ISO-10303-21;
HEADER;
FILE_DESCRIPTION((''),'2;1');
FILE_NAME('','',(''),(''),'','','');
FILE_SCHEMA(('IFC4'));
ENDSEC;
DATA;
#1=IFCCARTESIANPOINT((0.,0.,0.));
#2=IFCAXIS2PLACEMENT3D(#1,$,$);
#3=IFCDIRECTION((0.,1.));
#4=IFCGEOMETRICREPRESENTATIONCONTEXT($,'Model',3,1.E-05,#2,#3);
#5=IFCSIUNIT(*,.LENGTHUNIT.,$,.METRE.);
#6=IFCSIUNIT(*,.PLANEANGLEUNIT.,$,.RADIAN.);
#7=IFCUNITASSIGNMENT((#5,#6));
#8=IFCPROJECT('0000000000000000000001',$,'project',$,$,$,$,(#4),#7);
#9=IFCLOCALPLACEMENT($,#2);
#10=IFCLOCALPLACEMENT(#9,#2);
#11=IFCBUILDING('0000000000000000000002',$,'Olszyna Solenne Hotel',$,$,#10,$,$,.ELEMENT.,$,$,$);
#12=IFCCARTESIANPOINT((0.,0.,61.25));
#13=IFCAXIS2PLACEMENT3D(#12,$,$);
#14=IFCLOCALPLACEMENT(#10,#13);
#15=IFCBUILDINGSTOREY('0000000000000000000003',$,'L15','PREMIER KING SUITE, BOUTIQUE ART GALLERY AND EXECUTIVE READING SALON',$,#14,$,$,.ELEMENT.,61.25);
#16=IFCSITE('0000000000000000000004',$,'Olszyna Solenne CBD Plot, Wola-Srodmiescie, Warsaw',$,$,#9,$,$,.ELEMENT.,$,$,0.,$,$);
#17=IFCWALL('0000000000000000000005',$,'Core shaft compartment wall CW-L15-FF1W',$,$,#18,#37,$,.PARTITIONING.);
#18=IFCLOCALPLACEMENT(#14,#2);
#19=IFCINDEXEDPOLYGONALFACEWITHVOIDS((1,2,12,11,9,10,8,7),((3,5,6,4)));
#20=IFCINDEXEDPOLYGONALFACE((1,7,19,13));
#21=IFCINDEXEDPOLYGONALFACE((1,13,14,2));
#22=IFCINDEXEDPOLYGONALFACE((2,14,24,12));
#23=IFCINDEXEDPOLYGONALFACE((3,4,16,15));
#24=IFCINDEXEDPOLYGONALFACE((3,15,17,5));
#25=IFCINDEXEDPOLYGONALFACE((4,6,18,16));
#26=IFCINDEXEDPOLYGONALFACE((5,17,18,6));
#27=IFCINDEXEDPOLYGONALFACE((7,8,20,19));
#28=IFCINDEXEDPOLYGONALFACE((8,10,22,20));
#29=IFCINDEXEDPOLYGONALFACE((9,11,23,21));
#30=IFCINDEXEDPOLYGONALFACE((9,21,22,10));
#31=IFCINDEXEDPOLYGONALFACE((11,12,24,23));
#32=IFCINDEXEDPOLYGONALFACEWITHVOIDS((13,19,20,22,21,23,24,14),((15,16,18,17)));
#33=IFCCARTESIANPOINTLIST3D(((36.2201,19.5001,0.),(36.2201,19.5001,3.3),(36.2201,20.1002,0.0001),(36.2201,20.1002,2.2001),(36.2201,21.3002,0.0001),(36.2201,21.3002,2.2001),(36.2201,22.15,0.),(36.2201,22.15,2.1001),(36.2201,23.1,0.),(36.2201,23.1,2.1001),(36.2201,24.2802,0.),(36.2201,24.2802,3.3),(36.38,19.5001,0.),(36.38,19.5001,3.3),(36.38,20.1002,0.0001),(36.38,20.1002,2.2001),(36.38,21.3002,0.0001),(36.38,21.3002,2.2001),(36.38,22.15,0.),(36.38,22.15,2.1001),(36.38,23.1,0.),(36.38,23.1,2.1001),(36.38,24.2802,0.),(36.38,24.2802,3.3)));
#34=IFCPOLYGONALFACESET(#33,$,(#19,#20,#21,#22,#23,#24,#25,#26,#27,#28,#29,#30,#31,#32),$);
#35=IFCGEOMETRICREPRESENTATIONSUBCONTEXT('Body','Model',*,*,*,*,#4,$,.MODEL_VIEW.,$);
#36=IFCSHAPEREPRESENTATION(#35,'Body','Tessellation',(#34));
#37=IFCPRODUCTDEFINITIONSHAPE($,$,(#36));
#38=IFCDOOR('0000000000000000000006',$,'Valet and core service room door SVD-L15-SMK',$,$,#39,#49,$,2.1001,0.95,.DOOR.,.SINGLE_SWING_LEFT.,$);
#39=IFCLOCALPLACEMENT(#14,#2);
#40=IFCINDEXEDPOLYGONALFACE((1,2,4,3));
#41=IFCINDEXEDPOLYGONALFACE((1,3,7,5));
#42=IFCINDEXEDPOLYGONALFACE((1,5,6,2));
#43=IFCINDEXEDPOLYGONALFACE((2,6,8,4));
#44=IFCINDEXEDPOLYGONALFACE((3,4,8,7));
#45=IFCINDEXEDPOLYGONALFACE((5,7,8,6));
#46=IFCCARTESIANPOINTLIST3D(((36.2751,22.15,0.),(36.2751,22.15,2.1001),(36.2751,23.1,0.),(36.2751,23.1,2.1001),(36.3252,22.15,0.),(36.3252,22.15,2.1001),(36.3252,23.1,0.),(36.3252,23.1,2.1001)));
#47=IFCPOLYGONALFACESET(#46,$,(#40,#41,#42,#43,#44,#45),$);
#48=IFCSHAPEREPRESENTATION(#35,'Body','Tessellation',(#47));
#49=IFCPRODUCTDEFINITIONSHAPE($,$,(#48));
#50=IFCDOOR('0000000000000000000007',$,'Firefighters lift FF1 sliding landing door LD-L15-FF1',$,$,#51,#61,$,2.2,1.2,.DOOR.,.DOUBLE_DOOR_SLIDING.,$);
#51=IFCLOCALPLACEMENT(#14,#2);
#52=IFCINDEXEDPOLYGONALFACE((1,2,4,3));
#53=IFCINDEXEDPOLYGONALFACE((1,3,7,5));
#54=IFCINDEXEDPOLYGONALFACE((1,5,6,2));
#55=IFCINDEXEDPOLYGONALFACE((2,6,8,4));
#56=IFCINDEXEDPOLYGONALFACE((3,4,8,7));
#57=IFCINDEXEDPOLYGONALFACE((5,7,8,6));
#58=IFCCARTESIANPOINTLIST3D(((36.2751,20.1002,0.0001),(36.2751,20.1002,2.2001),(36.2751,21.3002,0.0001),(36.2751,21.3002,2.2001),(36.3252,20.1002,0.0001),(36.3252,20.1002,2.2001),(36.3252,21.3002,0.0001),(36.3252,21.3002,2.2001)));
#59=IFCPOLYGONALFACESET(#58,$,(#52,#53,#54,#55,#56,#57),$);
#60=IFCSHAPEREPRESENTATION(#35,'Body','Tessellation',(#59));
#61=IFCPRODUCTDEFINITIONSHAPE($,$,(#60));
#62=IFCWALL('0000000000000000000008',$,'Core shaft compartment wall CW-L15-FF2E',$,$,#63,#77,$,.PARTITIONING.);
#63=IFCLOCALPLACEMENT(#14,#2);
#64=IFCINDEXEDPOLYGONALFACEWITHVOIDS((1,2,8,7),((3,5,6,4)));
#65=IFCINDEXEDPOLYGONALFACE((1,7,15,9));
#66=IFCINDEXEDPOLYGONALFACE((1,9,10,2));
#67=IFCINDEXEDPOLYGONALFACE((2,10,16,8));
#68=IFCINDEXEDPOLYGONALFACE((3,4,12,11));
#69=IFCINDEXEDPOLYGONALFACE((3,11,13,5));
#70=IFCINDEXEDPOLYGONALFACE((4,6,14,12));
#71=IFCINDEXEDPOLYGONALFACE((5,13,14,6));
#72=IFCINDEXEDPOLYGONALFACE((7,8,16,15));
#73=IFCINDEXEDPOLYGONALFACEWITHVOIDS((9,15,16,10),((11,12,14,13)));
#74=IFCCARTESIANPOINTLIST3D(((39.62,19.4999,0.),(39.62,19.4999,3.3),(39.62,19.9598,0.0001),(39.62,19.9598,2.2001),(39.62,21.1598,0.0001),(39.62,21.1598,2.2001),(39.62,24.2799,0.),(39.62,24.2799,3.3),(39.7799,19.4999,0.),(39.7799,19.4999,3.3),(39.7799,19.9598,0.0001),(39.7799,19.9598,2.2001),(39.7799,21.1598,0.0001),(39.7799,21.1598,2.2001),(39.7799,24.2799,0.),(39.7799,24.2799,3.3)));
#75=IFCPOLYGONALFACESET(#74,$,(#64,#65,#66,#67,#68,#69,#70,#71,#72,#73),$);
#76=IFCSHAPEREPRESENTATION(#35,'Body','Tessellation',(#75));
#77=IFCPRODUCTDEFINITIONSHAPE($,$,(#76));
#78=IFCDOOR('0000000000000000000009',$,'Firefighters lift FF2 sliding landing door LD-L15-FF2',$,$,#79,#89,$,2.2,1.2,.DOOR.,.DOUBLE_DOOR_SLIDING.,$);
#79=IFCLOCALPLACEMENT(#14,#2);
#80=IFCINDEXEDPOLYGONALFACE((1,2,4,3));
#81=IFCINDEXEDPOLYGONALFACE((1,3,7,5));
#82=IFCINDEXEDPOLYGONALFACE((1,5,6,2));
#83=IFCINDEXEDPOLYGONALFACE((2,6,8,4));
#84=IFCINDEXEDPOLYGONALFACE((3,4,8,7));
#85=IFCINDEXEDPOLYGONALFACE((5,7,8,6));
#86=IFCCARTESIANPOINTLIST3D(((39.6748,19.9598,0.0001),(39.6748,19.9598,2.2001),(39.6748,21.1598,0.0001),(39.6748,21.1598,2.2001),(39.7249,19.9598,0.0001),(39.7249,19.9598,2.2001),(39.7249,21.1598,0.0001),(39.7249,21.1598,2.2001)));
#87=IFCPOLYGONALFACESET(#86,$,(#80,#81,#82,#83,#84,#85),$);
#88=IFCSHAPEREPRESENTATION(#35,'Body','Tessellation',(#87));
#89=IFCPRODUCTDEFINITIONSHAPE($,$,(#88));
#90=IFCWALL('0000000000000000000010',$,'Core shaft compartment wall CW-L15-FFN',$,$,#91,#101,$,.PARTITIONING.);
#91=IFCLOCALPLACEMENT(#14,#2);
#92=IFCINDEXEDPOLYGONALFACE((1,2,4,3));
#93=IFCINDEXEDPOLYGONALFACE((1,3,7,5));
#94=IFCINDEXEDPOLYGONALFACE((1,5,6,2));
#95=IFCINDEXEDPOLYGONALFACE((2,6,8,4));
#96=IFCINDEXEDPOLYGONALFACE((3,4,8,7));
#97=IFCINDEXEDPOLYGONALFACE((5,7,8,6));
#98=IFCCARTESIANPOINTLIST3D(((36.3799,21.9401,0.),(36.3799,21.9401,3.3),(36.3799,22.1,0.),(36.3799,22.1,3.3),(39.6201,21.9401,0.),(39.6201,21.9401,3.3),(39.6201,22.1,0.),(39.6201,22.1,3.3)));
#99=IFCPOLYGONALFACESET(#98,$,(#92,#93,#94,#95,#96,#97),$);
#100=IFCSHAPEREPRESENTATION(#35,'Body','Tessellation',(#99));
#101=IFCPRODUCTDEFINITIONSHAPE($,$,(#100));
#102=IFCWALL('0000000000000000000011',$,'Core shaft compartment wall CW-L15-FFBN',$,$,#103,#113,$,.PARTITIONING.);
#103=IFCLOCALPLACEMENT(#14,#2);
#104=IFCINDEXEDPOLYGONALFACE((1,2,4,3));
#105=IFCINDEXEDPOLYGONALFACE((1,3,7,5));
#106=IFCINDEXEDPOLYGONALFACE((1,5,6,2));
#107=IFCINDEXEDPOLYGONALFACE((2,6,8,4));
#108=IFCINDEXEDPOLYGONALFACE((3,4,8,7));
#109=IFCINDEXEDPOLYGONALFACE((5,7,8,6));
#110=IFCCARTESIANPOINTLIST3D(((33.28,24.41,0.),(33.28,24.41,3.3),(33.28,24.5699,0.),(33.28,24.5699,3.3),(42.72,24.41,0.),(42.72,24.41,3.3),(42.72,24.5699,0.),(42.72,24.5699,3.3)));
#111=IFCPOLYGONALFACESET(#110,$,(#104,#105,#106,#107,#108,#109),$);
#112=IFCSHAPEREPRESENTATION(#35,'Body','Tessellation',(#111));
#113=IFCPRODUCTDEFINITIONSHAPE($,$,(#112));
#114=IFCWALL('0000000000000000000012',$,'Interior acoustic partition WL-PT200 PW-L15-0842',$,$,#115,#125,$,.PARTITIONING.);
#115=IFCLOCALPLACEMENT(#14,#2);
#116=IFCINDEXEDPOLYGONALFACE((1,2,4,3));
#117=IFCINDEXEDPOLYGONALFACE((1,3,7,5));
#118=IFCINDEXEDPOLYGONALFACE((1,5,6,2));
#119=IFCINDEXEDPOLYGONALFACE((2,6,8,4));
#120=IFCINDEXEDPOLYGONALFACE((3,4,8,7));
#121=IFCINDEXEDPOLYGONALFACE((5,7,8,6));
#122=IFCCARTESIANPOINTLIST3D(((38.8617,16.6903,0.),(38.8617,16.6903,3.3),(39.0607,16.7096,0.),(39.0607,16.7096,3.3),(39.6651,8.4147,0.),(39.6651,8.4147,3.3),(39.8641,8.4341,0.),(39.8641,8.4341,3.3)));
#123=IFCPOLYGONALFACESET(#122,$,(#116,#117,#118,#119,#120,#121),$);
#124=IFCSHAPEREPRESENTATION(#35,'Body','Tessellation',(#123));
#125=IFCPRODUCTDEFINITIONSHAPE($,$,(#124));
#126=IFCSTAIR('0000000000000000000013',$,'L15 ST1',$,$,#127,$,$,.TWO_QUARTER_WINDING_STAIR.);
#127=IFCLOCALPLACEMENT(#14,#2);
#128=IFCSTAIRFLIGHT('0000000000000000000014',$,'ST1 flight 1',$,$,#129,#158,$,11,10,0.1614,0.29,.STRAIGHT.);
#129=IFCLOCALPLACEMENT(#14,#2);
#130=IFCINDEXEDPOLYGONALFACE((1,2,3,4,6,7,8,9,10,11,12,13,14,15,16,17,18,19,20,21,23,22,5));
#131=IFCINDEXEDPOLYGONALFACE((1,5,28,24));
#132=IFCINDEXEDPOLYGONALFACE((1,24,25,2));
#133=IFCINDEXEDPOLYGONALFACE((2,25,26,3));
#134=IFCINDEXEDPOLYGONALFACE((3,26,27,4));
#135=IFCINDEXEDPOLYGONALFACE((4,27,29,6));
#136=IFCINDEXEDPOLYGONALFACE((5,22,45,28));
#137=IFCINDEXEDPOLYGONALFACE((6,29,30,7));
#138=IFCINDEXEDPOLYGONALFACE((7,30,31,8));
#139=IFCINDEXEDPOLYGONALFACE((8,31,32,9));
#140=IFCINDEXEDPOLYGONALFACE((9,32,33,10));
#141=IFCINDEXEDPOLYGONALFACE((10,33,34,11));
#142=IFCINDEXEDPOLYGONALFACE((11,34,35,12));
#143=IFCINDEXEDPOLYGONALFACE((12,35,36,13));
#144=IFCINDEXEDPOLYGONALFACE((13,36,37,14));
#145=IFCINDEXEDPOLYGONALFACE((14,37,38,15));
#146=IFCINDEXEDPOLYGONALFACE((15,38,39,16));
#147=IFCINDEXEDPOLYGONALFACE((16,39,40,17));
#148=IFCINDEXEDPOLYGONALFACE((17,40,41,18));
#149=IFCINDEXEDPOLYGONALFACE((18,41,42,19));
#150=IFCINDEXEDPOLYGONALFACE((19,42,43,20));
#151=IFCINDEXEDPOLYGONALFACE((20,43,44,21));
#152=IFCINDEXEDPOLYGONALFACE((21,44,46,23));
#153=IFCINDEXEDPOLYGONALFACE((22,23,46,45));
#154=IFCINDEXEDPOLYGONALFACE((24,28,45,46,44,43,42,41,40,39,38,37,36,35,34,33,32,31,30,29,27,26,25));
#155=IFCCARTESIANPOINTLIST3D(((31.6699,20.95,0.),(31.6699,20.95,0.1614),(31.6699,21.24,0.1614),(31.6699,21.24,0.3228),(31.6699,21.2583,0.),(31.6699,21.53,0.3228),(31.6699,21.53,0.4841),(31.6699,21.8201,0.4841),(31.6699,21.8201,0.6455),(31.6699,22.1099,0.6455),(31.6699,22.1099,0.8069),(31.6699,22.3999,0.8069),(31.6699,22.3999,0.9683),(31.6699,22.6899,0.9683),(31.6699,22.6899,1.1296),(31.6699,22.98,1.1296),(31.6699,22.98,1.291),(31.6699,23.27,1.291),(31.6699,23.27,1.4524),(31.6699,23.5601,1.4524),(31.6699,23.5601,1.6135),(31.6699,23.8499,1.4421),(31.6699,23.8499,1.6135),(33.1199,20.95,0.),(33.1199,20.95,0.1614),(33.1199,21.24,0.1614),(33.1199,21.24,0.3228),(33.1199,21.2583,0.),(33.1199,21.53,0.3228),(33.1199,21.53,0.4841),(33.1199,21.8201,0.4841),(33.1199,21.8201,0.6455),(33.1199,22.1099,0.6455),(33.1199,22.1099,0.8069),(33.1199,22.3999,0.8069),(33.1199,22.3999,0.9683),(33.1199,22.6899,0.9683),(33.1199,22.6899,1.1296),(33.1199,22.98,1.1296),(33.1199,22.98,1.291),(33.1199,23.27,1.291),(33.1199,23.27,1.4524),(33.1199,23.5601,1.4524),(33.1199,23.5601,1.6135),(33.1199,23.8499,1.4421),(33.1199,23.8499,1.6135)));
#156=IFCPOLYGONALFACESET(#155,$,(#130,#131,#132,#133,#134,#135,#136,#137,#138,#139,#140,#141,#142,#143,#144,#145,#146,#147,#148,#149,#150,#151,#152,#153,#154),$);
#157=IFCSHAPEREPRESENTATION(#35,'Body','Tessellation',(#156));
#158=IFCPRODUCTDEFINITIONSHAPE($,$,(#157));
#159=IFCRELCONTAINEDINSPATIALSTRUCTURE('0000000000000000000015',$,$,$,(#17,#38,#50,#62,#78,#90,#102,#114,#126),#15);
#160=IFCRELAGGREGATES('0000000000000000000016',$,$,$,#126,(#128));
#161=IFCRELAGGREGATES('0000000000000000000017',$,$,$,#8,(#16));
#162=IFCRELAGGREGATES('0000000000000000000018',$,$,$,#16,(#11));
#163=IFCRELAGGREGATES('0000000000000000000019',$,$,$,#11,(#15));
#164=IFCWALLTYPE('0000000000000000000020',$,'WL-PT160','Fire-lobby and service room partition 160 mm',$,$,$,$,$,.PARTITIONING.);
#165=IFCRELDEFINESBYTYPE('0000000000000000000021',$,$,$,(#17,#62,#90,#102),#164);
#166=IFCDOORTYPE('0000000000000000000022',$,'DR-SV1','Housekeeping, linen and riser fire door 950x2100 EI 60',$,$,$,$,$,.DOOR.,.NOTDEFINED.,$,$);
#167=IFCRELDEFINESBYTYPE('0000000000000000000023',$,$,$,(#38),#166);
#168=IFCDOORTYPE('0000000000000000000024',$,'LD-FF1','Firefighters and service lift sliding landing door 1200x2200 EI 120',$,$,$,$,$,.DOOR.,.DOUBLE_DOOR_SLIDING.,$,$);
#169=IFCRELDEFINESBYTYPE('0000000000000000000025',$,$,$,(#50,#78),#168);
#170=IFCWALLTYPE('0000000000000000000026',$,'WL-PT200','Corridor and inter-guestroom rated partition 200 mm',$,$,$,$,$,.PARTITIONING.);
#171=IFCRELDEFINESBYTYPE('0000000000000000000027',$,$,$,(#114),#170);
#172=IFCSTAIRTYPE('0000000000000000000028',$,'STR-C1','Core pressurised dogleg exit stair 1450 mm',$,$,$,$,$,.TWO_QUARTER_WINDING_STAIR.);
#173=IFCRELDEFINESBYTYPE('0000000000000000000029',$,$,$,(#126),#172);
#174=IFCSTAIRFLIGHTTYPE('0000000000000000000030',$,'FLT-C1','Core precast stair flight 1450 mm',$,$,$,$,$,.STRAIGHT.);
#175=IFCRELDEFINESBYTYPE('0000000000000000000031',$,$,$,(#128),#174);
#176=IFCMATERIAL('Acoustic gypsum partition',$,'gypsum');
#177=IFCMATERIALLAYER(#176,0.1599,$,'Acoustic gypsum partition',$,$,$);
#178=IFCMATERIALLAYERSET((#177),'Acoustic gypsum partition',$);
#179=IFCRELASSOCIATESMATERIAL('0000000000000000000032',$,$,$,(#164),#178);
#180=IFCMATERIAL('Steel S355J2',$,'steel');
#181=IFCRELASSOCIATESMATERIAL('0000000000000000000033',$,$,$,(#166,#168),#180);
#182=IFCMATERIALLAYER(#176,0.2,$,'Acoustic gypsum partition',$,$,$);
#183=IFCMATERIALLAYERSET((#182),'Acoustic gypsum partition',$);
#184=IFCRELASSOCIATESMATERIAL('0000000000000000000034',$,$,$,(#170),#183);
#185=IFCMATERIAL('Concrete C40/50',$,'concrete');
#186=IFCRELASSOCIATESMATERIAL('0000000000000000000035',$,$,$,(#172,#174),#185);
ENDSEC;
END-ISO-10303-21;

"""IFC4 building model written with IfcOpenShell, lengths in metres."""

from ifc_helpers import new_model, si_unit, direction, frame, frame_2d, origin, place, context, subcontext, project, spatial, polyline, rectangle, outline, extrude, source, transform, mapped, material, layer, layer_set, type_object, type_shapes, element, fill, aggregate, save


model = new_model("IFC4")

# Units and contexts
model_context = context("Model", 3, precision=1e-05, world=origin(), true_north=direction((0.0, 1.0)))
body_context = subcontext(model_context, "Body", "Model", "MODEL_VIEW")
ifc_project = project(units=[si_unit("LENGTHUNIT", "METRE"), si_unit("PLANEANGLEUNIT", "RADIAN")], contexts=[model_context])

# Site, building, storey
site_placement = place(None, origin())
site = spatial("IfcSite", under=ifc_project, at=site_placement, Name="Olszyna Solenne CBD Plot, Wola-Srodmiescie, Warsaw", CompositionType="ELEMENT", RefElevation=0.0)
building_placement = place(site_placement, origin())
building = spatial("IfcBuilding", under=site, at=building_placement, Name="Olszyna Solenne Hotel", CompositionType="ELEMENT")
storey_placement = place(building_placement, frame((0.0, 0.0, 61.25)))
storey = spatial("IfcBuildingStorey", under=building, at=storey_placement, Name="L15", Description="PREMIER KING SUITE, BOUTIQUE ART GALLERY AND EXECUTIVE READING SALON", CompositionType="ELEMENT", Elevation=61.25)

# Shared definitions
ifc_material_1 = material(Name="Steel S355J2", Category="steel")

# Shared definitions
ifc_material_2 = material(Name="Acoustic gypsum partition", Category="gypsum")

# Shared definitions
ifc_layer_1 = layer(ifc_material_2, 0.1599, Name="Acoustic gypsum partition")
ifc_layer_set_1 = layer_set([ifc_layer_1], Name="Acoustic gypsum partition")
wall_type_1 = type_object("IfcWallType", Name="WL-PT160", Description="Fire-lobby and service room partition 160 mm", PredefinedType="PARTITIONING", material=ifc_layer_set_1)

# Wall, openings, doors
wall_1_placement = place(storey_placement, frame((36.3, 19.5, 0.0), z_axis=(0.0, 0.0, 1.0), x_axis=(0.0, 1.0, 0.0)))
wall_1 = element("IfcWall", 1, at=wall_1_placement, inside=storey, type_object=wall_type_1, Name="Core shaft compartment wall CW-L15-FF1W", PredefinedType="PARTITIONING", context=body_context, shape_type="SweptSolid", body=[
    extrude(rectangle(XDim=4.78, YDim=0.1599, at=frame_2d((2.3901, 0.0))), origin(), (0.0, 0.0, 1.0), 3.3),
])
opening_1_placement = place(wall_1_placement, frame((0.6001, 0.0, 0.0)))
opening_1 = element("IfcOpeningElement", 2, at=opening_1_placement, cuts=wall_1, PredefinedType="OPENING", context=body_context, shape_type="SweptSolid", body=[
    extrude(rectangle(XDim=1.2, YDim=2.2, at=frame_2d((0.6001, 1.1001))), frame((0.0, 0.0898, 0.0), z_axis=(0.0, -1.0, 0.0), x_axis=(1.0, 0.0, 0.0)), (0.0, 0.0, 1.0), 0.1799),
])
opening_2_placement = place(wall_1_placement, frame((2.6499, 0.0, 0.0)))
opening_2 = element("IfcOpeningElement", 3, at=opening_2_placement, cuts=wall_1, PredefinedType="OPENING", context=body_context, shape_type="SweptSolid", body=[
    extrude(rectangle(XDim=0.95, YDim=2.1001, at=frame_2d((0.4751, 1.05))), frame((0.0, 0.0898, 0.0), z_axis=(0.0, -1.0, 0.0), x_axis=(1.0, 0.0, 0.0)), (0.0, 0.0, 1.0), 0.1799),
])
door_type_1 = type_object("IfcDoorType", Name="DR-SV1", Description="Housekeeping, linen and riser fire door 950x2100 EI 60", OperationType="NOTDEFINED", PredefinedType="DOOR", material=ifc_material_1)
shared_shape_1 = source(origin(), body_context, "Body", "SweptSolid", [
    extrude(rectangle(XDim=0.95, YDim=2.1001, at=frame_2d((0.4751, 1.05))), frame((0.0, 0.0249, 0.0), z_axis=(0.0, -1.0, 0.0), x_axis=(1.0, 0.0, 0.0)), (0.0, 0.0, 1.0), 0.05),
])
type_shapes(door_type_1, [shared_shape_1])
door_1_placement = place(opening_2_placement, origin())
door_1 = element("IfcDoor", 4, at=door_1_placement, inside=storey, type_object=door_type_1, Name="Valet and core service room door SVD-L15-SMK", OperationType="SINGLE_SWING_LEFT", OverallHeight=2.1001, OverallWidth=0.95, PredefinedType="DOOR", context=body_context, shape_type="MappedRepresentation", body=[
    mapped(shared_shape_1, transform((0.0, 0.0, 0.0), x_axis=(1.0, 0.0, 0.0), y_axis=(0.0, 1.0, 0.0), z_axis=(0.0, 0.0, 1.0), scale=1.0)),
])
fill(opening_2, door_1)
door_type_2 = type_object("IfcDoorType", Name="LD-FF1", Description="Firefighters and service lift sliding landing door 1200x2200 EI 120", OperationType="DOUBLE_DOOR_SLIDING", PredefinedType="DOOR", material=ifc_material_1)
shared_shape_2 = source(origin(), body_context, "Body", "SweptSolid", [
    extrude(rectangle(XDim=1.2, YDim=2.2, at=frame_2d((0.6001, 1.1001))), frame((0.0, 0.0249, 0.0), z_axis=(0.0, -1.0, 0.0), x_axis=(1.0, 0.0, 0.0)), (0.0, 0.0, 1.0), 0.05),
])
type_shapes(door_type_2, [shared_shape_2])
door_2_placement = place(opening_1_placement, origin())
door_2 = element("IfcDoor", 5, at=door_2_placement, inside=storey, type_object=door_type_2, Name="Firefighters lift FF1 sliding landing door LD-L15-FF1", OperationType="DOUBLE_DOOR_SLIDING", OverallHeight=2.2, OverallWidth=1.2, PredefinedType="DOOR", context=body_context, shape_type="MappedRepresentation", body=[
    mapped(shared_shape_2, transform((0.0, 0.0, 0.0), x_axis=(1.0, 0.0, 0.0), y_axis=(0.0, 1.0, 0.0), z_axis=(0.0, 0.0, 1.0), scale=1.0)),
])
fill(opening_1, door_2)

# Wall, opening, door
wall_2_placement = place(storey_placement, frame((39.7, 24.28, 0.0), z_axis=(0.0, 0.0, 1.0), x_axis=(0.0, -1.0, 0.0)))
wall_2 = element("IfcWall", 6, at=wall_2_placement, inside=storey, type_object=wall_type_1, Name="Core shaft compartment wall CW-L15-FF2E", PredefinedType="PARTITIONING", context=body_context, shape_type="SweptSolid", body=[
    extrude(rectangle(XDim=4.78, YDim=0.1599, at=frame_2d((2.3901, 0.0))), origin(), (0.0, 0.0, 1.0), 3.3),
])
opening_3_placement = place(wall_2_placement, frame((3.1201, 0.0, 0.0)))
opening_3 = element("IfcOpeningElement", 7, at=opening_3_placement, cuts=wall_2, PredefinedType="OPENING", context=body_context, shape_type="SweptSolid", body=[
    extrude(rectangle(XDim=1.2, YDim=2.2, at=frame_2d((0.6001, 1.1001))), frame((0.0, 0.0898, 0.0), z_axis=(0.0, -1.0, 0.0), x_axis=(1.0, 0.0, 0.0)), (0.0, 0.0, 1.0), 0.1799),
])
door_3_placement = place(opening_3_placement, origin())
door_3 = element("IfcDoor", 8, at=door_3_placement, inside=storey, type_object=door_type_2, Name="Firefighters lift FF2 sliding landing door LD-L15-FF2", OperationType="DOUBLE_DOOR_SLIDING", OverallHeight=2.2, OverallWidth=1.2, PredefinedType="DOOR", context=body_context, shape_type="MappedRepresentation", body=[
    mapped(shared_shape_2, transform((0.0, 0.0, 0.0), x_axis=(1.0, 0.0, 0.0), y_axis=(0.0, 1.0, 0.0), z_axis=(0.0, 0.0, 1.0), scale=1.0)),
])
fill(opening_3, door_3)

# Walls
wall_3_placement = place(storey_placement, frame((36.3799, 22.02, 0.0), z_axis=(0.0, 0.0, 1.0), x_axis=(1.0, 0.0, 0.0)))
element("IfcWall", 9, at=wall_3_placement, inside=storey, type_object=wall_type_1, Name="Core shaft compartment wall CW-L15-FFN", PredefinedType="PARTITIONING", context=body_context, shape_type="SweptSolid", body=[
    extrude(rectangle(XDim=3.2402, YDim=0.1599, at=frame_2d((1.6201, 0.0))), origin(), (0.0, 0.0, 1.0), 3.3),
])
wall_4_placement = place(storey_placement, frame((33.28, 24.49, 0.0), z_axis=(0.0, 0.0, 1.0), x_axis=(1.0, 0.0, 0.0)))
element("IfcWall", 10, at=wall_4_placement, inside=storey, type_object=wall_type_1, Name="Core shaft compartment wall CW-L15-FFBN", PredefinedType="PARTITIONING", context=body_context, shape_type="SweptSolid", body=[
    extrude(rectangle(XDim=9.4399, YDim=0.1599, at=frame_2d((4.72, 0.0))), origin(), (0.0, 0.0, 1.0), 3.3),
])
ifc_layer_2 = layer(ifc_material_2, 0.2, Name="Acoustic gypsum partition")
ifc_layer_set_2 = layer_set([ifc_layer_2], Name="Acoustic gypsum partition")
wall_type_2 = type_object("IfcWallType", Name="WL-PT200", Description="Corridor and inter-guestroom rated partition 200 mm", PredefinedType="PARTITIONING", material=ifc_layer_set_2)
wall_5_placement = place(storey_placement, frame((38.9612, 16.7, 0.0), z_axis=(0.0, 0.0, 1.0), x_axis=(0.096634, -0.99532, 0.0)))
element("IfcWall", 11, at=wall_5_placement, inside=storey, type_object=wall_type_2, Name="Interior acoustic partition WL-PT200 PW-L15-0842", PredefinedType="PARTITIONING", context=body_context, shape_type="SweptSolid", body=[
    extrude(rectangle(XDim=8.3145, YDim=0.2, at=frame_2d((4.1572, 0.0))), origin(), (0.0, 0.0, 1.0), 3.3),
])

# Stair, stair flight
ifc_material_3 = material(Name="Concrete C40/50", Category="concrete")
stair_type = type_object("IfcStairType", Name="STR-C1", Description="Core pressurised dogleg exit stair 1450 mm", PredefinedType="TWO_QUARTER_WINDING_STAIR", material=ifc_material_3)
stair_placement = place(storey_placement, origin())
stair = element("IfcStair", 12, at=stair_placement, inside=storey, type_object=stair_type, Name="L15 ST1", PredefinedType="TWO_QUARTER_WINDING_STAIR")
stair_flight_type = type_object("IfcStairFlightType", Name="FLT-C1", Description="Core precast stair flight 1450 mm", PredefinedType="STRAIGHT", material=ifc_material_3)
stair_flight_placement = place(storey_placement, frame((32.395, 20.95, 0.0), z_axis=(0.0, 0.0, 1.0), x_axis=(0.0, 1.0, 0.0)))
stair_flight = element("IfcStairFlight", 13, at=stair_flight_placement, type_object=stair_flight_type, Name="ST1 flight 1", NumberOfRisers=11, NumberOfTreads=10, PredefinedType="STRAIGHT", RiserHeight=0.1614, TreadLength=0.29, context=body_context, shape_type="SweptSolid", body=[
    extrude(outline(polyline([(0.0, 0.0), (0.0, 0.1614), (0.29, 0.1614), (0.29, 0.3228), (0.5801, 0.3228), (0.5801, 0.4841), (0.8701, 0.4841), (0.8701, 0.6455), (1.1599, 0.6455), (1.1599, 0.8069), (1.45, 0.8069), (1.45, 0.9683), (1.74, 0.9683), (1.74, 1.1296), (2.03, 1.1296), (2.03, 1.291), (2.3201, 1.291), (2.3201, 1.4524), (2.6101, 1.4524), (2.6101, 1.6135), (2.8999, 1.6135), (2.8999, 1.7749), (2.8999, 1.4421), (0.3083, 0.0), (0.0, 0.0)])), frame((0.0, 0.7251, 0.0), z_axis=(0.0, -1.0, 0.0), x_axis=(1.0, 0.0, 0.0)), (0.0, 0.0, 1.0), 1.45),
])
aggregate(stair, [stair_flight])

save(model, "model.ifc")
